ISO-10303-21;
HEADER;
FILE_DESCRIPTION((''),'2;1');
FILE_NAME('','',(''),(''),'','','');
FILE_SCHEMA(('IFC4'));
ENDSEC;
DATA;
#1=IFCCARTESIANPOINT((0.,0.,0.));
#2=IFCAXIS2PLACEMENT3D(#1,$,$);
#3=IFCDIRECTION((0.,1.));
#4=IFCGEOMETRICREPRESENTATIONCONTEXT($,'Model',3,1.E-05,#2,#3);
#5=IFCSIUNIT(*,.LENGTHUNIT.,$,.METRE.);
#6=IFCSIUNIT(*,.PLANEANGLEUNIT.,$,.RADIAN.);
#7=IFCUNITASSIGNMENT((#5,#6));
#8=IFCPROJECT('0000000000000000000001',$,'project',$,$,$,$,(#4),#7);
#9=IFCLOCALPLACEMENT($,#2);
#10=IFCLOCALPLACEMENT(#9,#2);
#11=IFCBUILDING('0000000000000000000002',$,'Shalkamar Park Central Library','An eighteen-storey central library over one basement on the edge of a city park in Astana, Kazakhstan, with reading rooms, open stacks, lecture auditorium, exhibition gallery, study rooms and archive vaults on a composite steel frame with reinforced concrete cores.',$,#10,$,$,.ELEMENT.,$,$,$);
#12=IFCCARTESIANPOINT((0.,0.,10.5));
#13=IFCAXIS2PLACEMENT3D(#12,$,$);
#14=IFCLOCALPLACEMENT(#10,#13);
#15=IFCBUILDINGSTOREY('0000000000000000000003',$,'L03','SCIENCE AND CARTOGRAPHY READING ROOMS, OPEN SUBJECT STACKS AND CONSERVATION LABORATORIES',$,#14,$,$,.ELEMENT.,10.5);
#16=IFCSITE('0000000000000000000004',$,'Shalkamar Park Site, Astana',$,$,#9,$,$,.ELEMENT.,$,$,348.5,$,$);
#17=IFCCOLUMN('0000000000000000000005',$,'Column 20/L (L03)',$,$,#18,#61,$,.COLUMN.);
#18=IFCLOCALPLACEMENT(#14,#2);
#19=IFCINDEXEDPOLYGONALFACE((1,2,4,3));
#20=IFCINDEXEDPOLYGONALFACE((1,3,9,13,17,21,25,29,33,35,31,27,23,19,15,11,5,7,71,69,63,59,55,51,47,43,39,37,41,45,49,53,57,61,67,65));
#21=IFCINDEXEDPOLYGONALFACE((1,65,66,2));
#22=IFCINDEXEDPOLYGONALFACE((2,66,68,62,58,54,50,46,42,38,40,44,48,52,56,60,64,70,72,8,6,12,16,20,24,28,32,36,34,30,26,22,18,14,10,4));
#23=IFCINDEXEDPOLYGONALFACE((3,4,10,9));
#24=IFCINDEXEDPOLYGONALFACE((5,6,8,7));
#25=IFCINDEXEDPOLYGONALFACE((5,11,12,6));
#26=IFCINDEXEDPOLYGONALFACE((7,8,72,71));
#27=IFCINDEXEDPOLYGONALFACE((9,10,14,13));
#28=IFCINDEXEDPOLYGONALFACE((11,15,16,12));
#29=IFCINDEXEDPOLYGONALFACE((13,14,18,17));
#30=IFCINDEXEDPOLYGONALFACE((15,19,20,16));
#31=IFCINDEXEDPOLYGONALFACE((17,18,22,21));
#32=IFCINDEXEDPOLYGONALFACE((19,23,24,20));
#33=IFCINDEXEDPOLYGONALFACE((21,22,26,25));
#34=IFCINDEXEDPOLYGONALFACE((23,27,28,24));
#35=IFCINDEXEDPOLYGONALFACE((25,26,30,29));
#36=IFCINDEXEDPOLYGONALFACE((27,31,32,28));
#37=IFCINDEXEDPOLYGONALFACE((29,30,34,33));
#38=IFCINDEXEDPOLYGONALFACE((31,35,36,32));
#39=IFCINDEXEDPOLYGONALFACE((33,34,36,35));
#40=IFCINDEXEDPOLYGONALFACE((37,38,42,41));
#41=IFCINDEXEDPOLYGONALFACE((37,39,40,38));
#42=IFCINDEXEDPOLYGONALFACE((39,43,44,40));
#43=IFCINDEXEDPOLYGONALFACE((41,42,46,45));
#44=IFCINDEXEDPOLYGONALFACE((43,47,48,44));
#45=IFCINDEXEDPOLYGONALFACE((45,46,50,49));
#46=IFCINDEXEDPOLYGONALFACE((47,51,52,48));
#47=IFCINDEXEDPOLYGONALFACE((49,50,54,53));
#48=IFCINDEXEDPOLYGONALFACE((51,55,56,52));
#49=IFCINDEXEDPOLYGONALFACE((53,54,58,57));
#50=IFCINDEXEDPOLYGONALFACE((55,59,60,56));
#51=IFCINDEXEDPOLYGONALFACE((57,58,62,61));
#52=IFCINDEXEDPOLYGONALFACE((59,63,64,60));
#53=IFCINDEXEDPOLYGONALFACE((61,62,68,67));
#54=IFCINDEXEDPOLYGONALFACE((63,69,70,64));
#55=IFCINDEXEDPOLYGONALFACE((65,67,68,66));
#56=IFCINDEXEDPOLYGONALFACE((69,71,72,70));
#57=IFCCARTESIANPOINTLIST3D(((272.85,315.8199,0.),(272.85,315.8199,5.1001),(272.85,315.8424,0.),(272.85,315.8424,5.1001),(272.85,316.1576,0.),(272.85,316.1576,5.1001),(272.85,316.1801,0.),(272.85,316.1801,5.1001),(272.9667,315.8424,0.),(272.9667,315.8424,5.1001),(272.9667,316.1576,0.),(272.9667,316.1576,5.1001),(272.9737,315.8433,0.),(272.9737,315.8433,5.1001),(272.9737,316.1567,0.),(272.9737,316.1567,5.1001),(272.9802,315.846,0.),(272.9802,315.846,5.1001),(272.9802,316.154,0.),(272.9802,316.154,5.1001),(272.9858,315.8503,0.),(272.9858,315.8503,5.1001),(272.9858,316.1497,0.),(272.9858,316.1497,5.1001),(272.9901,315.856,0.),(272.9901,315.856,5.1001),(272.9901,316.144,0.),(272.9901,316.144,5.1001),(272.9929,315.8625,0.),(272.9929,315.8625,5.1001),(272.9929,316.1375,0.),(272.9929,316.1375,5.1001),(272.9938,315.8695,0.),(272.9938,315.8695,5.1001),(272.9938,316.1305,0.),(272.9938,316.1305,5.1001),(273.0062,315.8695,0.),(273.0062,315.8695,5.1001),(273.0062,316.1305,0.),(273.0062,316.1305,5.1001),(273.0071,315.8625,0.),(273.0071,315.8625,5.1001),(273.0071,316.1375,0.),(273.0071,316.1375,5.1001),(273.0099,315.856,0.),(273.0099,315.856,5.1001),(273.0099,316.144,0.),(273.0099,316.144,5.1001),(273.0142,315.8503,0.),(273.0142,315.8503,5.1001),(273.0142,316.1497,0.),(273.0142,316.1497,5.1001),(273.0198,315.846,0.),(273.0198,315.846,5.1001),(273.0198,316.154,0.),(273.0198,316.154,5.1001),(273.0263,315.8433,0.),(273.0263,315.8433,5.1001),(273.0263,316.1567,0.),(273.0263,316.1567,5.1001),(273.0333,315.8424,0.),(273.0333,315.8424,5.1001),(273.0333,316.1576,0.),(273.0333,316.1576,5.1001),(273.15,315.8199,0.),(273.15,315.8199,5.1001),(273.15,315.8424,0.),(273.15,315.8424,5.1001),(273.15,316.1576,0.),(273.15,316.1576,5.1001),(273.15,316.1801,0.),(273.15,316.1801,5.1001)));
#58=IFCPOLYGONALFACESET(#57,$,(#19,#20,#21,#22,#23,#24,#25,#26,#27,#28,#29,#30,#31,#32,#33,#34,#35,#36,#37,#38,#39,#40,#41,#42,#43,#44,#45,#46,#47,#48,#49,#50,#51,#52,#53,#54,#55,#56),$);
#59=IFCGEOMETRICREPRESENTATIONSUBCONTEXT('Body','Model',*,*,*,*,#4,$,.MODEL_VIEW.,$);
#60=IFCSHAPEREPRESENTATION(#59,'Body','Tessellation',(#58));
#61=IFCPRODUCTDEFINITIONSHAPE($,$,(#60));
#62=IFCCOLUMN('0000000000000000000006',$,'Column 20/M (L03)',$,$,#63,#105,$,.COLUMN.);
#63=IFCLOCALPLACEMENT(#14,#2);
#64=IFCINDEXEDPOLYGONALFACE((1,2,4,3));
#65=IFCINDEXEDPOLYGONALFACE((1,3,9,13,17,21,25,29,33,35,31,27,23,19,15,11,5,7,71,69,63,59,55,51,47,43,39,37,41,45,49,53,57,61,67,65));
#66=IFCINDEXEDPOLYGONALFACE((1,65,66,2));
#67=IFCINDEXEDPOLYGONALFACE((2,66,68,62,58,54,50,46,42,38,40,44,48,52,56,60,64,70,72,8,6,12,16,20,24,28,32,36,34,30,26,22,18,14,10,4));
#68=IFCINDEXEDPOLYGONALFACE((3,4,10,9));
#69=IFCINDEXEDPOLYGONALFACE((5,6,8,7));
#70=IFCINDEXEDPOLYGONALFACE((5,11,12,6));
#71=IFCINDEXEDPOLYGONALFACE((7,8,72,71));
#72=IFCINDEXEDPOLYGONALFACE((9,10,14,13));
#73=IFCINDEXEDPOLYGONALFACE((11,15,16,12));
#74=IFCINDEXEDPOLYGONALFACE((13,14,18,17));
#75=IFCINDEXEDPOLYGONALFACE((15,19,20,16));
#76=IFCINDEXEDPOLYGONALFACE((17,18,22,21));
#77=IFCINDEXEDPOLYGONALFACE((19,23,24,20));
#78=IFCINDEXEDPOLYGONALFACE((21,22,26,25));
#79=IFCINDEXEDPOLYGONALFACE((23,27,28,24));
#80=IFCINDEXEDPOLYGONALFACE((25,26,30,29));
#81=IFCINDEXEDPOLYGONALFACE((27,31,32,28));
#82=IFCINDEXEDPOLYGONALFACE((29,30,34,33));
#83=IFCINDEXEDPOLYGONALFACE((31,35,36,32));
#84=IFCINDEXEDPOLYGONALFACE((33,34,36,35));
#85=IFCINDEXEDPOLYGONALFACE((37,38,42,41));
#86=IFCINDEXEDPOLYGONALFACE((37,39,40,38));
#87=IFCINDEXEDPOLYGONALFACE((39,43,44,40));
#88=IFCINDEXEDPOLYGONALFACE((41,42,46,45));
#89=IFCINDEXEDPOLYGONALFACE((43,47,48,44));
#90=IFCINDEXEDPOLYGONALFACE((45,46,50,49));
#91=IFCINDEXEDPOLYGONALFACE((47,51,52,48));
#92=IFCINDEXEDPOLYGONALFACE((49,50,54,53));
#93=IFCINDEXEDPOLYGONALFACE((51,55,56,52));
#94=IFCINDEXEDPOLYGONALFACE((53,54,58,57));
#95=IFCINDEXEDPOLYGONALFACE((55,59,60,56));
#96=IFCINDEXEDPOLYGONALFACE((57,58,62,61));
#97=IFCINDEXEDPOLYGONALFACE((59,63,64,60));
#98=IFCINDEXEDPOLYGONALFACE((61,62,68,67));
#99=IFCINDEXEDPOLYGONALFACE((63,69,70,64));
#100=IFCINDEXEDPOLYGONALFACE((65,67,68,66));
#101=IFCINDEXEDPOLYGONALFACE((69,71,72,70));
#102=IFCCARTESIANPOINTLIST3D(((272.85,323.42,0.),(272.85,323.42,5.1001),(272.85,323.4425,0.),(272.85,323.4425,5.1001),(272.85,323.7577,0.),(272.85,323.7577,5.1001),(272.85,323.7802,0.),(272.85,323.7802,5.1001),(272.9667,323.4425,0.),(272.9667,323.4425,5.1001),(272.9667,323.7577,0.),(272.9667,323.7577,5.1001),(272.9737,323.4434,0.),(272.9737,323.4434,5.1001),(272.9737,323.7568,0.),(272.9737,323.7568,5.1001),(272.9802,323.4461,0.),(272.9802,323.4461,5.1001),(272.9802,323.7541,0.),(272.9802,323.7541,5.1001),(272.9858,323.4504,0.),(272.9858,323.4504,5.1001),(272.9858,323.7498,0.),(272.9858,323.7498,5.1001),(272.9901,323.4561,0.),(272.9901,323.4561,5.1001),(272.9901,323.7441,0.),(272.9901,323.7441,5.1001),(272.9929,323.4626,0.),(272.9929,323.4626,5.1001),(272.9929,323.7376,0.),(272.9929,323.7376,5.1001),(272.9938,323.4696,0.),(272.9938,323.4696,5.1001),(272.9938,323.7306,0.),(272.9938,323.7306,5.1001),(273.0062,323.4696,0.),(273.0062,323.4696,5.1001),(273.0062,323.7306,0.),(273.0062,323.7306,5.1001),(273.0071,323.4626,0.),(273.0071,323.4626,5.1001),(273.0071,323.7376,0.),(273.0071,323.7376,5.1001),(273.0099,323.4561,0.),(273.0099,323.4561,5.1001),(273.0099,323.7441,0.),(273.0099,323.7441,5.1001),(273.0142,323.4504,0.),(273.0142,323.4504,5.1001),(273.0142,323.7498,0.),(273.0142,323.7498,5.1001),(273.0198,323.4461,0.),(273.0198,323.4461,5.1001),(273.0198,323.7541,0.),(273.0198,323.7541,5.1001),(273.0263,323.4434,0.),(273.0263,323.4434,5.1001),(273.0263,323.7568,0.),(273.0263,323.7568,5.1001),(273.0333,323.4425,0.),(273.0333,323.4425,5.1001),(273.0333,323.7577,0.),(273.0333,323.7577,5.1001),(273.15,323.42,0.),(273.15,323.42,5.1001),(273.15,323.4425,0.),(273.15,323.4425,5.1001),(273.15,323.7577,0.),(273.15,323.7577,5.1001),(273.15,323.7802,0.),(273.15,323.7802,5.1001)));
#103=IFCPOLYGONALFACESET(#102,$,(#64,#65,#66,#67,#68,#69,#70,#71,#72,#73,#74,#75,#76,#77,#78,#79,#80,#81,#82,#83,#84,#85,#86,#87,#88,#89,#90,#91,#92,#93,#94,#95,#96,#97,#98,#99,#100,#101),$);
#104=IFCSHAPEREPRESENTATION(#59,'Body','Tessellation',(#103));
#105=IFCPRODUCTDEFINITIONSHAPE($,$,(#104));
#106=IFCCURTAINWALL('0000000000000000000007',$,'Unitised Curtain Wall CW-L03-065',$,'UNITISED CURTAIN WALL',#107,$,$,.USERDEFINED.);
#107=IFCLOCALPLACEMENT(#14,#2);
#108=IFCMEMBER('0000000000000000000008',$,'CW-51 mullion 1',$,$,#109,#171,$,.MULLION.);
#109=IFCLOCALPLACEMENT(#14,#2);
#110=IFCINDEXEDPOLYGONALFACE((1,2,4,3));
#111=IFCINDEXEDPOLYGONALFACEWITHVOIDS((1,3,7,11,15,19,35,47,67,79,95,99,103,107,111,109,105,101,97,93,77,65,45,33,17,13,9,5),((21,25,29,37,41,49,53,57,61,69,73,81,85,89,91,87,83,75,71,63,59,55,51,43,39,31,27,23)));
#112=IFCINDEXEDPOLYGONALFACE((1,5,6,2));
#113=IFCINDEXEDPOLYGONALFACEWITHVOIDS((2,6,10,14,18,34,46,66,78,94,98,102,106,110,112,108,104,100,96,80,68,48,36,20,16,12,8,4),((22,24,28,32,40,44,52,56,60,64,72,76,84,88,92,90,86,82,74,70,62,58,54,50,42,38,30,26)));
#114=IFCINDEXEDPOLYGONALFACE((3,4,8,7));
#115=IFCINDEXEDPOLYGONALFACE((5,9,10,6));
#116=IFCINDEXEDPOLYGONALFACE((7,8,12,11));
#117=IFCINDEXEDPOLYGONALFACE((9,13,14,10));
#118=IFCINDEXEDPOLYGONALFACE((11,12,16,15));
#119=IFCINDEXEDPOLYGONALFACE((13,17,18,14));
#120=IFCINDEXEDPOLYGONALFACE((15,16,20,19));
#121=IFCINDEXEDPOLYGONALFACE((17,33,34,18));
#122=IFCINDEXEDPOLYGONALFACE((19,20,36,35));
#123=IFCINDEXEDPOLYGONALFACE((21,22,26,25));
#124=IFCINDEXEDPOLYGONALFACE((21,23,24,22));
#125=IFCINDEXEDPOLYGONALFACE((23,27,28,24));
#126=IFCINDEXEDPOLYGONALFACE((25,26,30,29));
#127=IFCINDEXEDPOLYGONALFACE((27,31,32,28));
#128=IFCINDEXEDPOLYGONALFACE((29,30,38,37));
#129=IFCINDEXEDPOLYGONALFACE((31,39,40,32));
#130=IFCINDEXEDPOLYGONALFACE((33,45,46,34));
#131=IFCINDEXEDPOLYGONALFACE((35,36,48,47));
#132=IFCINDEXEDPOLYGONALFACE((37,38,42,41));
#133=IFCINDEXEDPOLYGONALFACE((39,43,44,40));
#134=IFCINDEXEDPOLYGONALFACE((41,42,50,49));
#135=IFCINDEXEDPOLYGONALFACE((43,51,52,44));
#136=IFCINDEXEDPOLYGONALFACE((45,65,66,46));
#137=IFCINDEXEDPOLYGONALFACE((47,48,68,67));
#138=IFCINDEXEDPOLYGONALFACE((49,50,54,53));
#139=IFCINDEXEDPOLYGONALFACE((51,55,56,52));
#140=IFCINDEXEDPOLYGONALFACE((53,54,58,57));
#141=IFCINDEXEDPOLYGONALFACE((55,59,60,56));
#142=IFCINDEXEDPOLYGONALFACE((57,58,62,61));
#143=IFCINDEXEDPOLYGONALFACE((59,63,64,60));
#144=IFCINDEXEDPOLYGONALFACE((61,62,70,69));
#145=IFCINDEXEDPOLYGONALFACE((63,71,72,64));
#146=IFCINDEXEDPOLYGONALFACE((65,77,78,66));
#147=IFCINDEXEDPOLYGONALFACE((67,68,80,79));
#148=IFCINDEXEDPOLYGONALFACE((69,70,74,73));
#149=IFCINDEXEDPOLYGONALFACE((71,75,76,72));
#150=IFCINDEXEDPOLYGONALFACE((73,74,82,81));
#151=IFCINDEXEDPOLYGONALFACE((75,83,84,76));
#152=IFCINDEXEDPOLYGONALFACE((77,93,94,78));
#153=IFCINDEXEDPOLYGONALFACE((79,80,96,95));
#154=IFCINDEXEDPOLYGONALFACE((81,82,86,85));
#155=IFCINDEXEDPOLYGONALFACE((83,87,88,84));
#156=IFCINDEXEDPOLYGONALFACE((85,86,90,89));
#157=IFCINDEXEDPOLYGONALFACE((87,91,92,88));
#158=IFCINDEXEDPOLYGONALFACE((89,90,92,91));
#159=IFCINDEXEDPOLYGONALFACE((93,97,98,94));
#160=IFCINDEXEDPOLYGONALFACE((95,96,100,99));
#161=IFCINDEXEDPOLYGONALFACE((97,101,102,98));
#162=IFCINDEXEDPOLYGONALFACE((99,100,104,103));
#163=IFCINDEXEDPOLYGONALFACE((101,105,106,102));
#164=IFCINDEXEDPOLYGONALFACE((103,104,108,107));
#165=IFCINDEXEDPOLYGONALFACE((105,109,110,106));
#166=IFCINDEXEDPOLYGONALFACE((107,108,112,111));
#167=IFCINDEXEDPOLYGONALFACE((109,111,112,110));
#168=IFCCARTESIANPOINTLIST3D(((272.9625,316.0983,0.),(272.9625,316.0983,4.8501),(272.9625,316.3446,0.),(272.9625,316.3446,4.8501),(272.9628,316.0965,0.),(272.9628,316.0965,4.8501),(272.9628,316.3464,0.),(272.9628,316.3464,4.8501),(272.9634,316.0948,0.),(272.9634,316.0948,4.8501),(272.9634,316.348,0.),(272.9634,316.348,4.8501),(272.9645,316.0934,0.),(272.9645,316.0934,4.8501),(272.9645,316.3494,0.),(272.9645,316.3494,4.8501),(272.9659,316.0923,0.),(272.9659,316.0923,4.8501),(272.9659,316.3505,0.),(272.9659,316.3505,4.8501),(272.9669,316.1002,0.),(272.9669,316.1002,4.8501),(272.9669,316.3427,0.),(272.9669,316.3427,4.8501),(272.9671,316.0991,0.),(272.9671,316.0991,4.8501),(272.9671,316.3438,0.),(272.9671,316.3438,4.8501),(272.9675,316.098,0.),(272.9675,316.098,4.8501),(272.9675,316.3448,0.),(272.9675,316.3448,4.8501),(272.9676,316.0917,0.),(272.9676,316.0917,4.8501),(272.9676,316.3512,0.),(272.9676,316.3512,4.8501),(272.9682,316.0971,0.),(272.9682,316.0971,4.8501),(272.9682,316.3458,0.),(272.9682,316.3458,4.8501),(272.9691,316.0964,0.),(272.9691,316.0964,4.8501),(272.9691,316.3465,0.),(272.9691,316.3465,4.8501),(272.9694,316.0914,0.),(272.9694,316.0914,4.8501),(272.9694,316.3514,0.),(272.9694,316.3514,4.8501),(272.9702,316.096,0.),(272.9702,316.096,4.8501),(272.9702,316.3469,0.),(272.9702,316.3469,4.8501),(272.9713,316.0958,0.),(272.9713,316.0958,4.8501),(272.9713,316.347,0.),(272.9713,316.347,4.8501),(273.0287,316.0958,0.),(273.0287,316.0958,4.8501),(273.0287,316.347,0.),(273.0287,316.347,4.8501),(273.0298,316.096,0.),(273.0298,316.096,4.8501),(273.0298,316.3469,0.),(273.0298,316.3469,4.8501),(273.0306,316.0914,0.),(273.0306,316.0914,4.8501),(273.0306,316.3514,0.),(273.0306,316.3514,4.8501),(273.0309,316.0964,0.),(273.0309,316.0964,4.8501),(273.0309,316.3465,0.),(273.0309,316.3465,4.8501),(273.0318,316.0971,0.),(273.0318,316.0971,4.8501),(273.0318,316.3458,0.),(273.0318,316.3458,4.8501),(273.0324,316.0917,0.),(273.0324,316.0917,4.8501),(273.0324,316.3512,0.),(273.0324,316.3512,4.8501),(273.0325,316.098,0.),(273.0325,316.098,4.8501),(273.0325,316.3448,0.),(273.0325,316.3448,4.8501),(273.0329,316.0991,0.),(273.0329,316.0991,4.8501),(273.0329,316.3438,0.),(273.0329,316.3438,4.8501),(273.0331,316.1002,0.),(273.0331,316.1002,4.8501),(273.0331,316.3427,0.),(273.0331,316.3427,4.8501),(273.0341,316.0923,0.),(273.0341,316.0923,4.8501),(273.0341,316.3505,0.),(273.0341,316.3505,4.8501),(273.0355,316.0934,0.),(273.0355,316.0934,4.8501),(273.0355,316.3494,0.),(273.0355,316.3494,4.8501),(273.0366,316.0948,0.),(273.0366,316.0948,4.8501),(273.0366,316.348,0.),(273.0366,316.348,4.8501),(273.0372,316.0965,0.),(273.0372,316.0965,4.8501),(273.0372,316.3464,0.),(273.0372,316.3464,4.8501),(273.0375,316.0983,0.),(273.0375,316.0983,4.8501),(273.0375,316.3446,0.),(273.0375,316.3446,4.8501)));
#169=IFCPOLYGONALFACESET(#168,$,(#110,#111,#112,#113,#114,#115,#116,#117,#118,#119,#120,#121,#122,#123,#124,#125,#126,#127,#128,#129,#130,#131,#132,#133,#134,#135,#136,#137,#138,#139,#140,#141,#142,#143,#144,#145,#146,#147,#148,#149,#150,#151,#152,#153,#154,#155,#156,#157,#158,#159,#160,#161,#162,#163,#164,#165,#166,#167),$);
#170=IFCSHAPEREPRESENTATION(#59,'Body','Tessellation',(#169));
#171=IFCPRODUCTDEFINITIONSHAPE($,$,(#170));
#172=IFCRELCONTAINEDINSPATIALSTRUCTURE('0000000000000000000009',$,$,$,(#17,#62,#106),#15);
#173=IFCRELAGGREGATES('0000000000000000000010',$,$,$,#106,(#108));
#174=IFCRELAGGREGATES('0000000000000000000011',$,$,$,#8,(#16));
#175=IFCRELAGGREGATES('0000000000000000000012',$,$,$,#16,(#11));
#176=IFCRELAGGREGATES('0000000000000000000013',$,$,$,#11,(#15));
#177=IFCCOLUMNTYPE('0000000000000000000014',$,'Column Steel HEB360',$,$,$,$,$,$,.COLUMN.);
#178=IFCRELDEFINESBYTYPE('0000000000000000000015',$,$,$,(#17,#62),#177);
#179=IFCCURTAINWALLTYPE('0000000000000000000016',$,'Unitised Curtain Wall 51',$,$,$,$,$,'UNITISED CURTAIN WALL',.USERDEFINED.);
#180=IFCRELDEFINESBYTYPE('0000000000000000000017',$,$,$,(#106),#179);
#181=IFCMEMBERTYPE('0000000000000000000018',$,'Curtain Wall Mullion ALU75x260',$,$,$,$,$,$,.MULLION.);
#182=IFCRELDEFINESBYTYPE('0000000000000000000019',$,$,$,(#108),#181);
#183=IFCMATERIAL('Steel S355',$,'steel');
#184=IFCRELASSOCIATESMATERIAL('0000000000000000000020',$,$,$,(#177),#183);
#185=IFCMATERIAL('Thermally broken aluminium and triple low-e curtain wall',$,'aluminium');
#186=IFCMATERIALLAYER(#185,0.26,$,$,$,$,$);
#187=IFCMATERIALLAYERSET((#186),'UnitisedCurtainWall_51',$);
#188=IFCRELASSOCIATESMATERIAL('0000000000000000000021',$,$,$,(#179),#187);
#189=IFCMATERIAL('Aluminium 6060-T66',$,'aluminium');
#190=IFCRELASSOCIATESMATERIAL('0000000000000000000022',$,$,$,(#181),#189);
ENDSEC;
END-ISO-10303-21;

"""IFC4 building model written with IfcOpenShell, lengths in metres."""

from ifc_helpers import new_model, si_unit, direction, frame, origin, origin_2d, place, context, subcontext, project, spatial, hollow_rectangle, i_section, extrude, material, layer, layer_set, material_profile, profile_set, type_object, element, aggregate, save


model = new_model("IFC4")

# Units and contexts
model_context = context("Model", 3, precision=1e-05, world=origin(), true_north=direction((0.0, 1.0)))
body_context = subcontext(model_context, "Body", "Model", "MODEL_VIEW")
ifc_project = project(units=[si_unit("LENGTHUNIT", "METRE"), si_unit("PLANEANGLEUNIT", "RADIAN")], contexts=[model_context])

# Site, building, storey
site_placement = place(None, origin())
site = spatial("IfcSite", under=ifc_project, at=site_placement, Name="Shalkamar Park Site, Astana", CompositionType="ELEMENT", RefElevation=348.5)
building_placement = place(site_placement, origin())
building = spatial("IfcBuilding", under=site, at=building_placement, Name="Shalkamar Park Central Library", Description="An eighteen-storey central library over one basement on the edge of a city park in Astana, Kazakhstan, with reading rooms, open stacks, lecture auditorium, exhibition gallery, study rooms and archive vaults on a composite steel frame with reinforced concrete cores.", CompositionType="ELEMENT")
storey_placement = place(building_placement, frame((0.0, 0.0, 10.5)))
storey = spatial("IfcBuildingStorey", under=building, at=storey_placement, Name="L03", Description="SCIENCE AND CARTOGRAPHY READING ROOMS, OPEN SUBJECT STACKS AND CONSERVATION LABORATORIES", CompositionType="ELEMENT", Elevation=10.5)

# Columns
ifc_material_1 = material(Name="Steel S355", Category="steel")
ifc_material_profile_1 = material_profile(ifc_material_1, i_section(OverallWidth=0.3, OverallDepth=0.3601, WebThickness=0.0125, FlangeThickness=0.0225, FilletRadius=0.0271, at=origin_2d()), Name="HEB 360")
ifc_profile_set_1 = profile_set([ifc_material_profile_1], Name="Steel S355")
column_type = type_object("IfcColumnType", Name="Column Steel HEB360", PredefinedType="COLUMN", material=ifc_profile_set_1)
for number, where, z_axis, x_axis, name in (
    (1, (273.0, 316.0, 0.0), (0.0, 0.0, 1.0), (1.0, 0.0, 0.0), "Column 20/L (L03)"),
    (2, (273.0, 323.6001, 0.0), (0.0, 0.0, 1.0), (1.0, 0.0, 0.0), "Column 20/M (L03)"),
):
    element("IfcColumn", number, at=place(storey_placement, frame(where, z_axis=z_axis, x_axis=x_axis)), inside=storey, type_object=column_type, Name=name, PredefinedType="COLUMN", context=body_context, shape_type="SweptSolid", body=[
        extrude(i_section(OverallWidth=0.3, OverallDepth=0.3601, WebThickness=0.0125, FlangeThickness=0.0225, FilletRadius=0.0271, at=origin_2d()), origin(), (0.0, 0.0, 1.0), 5.1001),
    ])

# Curtain wall, member
ifc_material_2 = material(Name="Thermally broken aluminium and triple low-e curtain wall", Category="aluminium")
ifc_layer_1 = layer(ifc_material_2, 0.26)
ifc_layer_set_1 = layer_set([ifc_layer_1], Name="UnitisedCurtainWall_51")
curtain_wall_type_1 = type_object("IfcCurtainWallType", Name="Unitised Curtain Wall 51", ElementType="UNITISED CURTAIN WALL", PredefinedType="USERDEFINED", material=ifc_layer_set_1)
curtain_wall_1_placement = place(storey_placement, origin())
curtain_wall_1 = element("IfcCurtainWall", 3, at=curtain_wall_1_placement, inside=storey, type_object=curtain_wall_type_1, Name="Unitised Curtain Wall CW-L03-065", ObjectType="UNITISED CURTAIN WALL", PredefinedType="USERDEFINED")
ifc_material_3 = material(Name="Aluminium 6060-T66", Category="aluminium")
ifc_material_profile_2 = material_profile(ifc_material_3, hollow_rectangle(XDim=0.075, YDim=0.26, WallThickness=0.0044, InnerFilletRadius=0.0044, OuterFilletRadius=0.0068, at=origin_2d()), Name="ALU 75x260x4.5")
ifc_profile_set_2 = profile_set([ifc_material_profile_2], Name="Aluminium 6060-T66")
member_type_1 = type_object("IfcMemberType", Name="Curtain Wall Mullion ALU75x260", PredefinedType="MULLION", material=ifc_profile_set_2)
member_1_placement = place(storey_placement, frame((273.0, 316.2214, 0.0), z_axis=(0.0, 0.0, 1.0), x_axis=(-1.0, 0.0, 0.0)))
member_1 = element("IfcMember", 4, at=member_1_placement, type_object=member_type_1, Name="CW-51 mullion 1", PredefinedType="MULLION", context=body_context, shape_type="SweptSolid", body=[
    extrude(hollow_rectangle(XDim=0.075, YDim=0.26, WallThickness=0.0044, InnerFilletRadius=0.0044, OuterFilletRadius=0.0068, at=origin_2d()), origin(), (0.0, 0.0, 1.0), 4.8501),
])

aggregate(curtain_wall_1, [member_1])

save(model, "model.ifc")
